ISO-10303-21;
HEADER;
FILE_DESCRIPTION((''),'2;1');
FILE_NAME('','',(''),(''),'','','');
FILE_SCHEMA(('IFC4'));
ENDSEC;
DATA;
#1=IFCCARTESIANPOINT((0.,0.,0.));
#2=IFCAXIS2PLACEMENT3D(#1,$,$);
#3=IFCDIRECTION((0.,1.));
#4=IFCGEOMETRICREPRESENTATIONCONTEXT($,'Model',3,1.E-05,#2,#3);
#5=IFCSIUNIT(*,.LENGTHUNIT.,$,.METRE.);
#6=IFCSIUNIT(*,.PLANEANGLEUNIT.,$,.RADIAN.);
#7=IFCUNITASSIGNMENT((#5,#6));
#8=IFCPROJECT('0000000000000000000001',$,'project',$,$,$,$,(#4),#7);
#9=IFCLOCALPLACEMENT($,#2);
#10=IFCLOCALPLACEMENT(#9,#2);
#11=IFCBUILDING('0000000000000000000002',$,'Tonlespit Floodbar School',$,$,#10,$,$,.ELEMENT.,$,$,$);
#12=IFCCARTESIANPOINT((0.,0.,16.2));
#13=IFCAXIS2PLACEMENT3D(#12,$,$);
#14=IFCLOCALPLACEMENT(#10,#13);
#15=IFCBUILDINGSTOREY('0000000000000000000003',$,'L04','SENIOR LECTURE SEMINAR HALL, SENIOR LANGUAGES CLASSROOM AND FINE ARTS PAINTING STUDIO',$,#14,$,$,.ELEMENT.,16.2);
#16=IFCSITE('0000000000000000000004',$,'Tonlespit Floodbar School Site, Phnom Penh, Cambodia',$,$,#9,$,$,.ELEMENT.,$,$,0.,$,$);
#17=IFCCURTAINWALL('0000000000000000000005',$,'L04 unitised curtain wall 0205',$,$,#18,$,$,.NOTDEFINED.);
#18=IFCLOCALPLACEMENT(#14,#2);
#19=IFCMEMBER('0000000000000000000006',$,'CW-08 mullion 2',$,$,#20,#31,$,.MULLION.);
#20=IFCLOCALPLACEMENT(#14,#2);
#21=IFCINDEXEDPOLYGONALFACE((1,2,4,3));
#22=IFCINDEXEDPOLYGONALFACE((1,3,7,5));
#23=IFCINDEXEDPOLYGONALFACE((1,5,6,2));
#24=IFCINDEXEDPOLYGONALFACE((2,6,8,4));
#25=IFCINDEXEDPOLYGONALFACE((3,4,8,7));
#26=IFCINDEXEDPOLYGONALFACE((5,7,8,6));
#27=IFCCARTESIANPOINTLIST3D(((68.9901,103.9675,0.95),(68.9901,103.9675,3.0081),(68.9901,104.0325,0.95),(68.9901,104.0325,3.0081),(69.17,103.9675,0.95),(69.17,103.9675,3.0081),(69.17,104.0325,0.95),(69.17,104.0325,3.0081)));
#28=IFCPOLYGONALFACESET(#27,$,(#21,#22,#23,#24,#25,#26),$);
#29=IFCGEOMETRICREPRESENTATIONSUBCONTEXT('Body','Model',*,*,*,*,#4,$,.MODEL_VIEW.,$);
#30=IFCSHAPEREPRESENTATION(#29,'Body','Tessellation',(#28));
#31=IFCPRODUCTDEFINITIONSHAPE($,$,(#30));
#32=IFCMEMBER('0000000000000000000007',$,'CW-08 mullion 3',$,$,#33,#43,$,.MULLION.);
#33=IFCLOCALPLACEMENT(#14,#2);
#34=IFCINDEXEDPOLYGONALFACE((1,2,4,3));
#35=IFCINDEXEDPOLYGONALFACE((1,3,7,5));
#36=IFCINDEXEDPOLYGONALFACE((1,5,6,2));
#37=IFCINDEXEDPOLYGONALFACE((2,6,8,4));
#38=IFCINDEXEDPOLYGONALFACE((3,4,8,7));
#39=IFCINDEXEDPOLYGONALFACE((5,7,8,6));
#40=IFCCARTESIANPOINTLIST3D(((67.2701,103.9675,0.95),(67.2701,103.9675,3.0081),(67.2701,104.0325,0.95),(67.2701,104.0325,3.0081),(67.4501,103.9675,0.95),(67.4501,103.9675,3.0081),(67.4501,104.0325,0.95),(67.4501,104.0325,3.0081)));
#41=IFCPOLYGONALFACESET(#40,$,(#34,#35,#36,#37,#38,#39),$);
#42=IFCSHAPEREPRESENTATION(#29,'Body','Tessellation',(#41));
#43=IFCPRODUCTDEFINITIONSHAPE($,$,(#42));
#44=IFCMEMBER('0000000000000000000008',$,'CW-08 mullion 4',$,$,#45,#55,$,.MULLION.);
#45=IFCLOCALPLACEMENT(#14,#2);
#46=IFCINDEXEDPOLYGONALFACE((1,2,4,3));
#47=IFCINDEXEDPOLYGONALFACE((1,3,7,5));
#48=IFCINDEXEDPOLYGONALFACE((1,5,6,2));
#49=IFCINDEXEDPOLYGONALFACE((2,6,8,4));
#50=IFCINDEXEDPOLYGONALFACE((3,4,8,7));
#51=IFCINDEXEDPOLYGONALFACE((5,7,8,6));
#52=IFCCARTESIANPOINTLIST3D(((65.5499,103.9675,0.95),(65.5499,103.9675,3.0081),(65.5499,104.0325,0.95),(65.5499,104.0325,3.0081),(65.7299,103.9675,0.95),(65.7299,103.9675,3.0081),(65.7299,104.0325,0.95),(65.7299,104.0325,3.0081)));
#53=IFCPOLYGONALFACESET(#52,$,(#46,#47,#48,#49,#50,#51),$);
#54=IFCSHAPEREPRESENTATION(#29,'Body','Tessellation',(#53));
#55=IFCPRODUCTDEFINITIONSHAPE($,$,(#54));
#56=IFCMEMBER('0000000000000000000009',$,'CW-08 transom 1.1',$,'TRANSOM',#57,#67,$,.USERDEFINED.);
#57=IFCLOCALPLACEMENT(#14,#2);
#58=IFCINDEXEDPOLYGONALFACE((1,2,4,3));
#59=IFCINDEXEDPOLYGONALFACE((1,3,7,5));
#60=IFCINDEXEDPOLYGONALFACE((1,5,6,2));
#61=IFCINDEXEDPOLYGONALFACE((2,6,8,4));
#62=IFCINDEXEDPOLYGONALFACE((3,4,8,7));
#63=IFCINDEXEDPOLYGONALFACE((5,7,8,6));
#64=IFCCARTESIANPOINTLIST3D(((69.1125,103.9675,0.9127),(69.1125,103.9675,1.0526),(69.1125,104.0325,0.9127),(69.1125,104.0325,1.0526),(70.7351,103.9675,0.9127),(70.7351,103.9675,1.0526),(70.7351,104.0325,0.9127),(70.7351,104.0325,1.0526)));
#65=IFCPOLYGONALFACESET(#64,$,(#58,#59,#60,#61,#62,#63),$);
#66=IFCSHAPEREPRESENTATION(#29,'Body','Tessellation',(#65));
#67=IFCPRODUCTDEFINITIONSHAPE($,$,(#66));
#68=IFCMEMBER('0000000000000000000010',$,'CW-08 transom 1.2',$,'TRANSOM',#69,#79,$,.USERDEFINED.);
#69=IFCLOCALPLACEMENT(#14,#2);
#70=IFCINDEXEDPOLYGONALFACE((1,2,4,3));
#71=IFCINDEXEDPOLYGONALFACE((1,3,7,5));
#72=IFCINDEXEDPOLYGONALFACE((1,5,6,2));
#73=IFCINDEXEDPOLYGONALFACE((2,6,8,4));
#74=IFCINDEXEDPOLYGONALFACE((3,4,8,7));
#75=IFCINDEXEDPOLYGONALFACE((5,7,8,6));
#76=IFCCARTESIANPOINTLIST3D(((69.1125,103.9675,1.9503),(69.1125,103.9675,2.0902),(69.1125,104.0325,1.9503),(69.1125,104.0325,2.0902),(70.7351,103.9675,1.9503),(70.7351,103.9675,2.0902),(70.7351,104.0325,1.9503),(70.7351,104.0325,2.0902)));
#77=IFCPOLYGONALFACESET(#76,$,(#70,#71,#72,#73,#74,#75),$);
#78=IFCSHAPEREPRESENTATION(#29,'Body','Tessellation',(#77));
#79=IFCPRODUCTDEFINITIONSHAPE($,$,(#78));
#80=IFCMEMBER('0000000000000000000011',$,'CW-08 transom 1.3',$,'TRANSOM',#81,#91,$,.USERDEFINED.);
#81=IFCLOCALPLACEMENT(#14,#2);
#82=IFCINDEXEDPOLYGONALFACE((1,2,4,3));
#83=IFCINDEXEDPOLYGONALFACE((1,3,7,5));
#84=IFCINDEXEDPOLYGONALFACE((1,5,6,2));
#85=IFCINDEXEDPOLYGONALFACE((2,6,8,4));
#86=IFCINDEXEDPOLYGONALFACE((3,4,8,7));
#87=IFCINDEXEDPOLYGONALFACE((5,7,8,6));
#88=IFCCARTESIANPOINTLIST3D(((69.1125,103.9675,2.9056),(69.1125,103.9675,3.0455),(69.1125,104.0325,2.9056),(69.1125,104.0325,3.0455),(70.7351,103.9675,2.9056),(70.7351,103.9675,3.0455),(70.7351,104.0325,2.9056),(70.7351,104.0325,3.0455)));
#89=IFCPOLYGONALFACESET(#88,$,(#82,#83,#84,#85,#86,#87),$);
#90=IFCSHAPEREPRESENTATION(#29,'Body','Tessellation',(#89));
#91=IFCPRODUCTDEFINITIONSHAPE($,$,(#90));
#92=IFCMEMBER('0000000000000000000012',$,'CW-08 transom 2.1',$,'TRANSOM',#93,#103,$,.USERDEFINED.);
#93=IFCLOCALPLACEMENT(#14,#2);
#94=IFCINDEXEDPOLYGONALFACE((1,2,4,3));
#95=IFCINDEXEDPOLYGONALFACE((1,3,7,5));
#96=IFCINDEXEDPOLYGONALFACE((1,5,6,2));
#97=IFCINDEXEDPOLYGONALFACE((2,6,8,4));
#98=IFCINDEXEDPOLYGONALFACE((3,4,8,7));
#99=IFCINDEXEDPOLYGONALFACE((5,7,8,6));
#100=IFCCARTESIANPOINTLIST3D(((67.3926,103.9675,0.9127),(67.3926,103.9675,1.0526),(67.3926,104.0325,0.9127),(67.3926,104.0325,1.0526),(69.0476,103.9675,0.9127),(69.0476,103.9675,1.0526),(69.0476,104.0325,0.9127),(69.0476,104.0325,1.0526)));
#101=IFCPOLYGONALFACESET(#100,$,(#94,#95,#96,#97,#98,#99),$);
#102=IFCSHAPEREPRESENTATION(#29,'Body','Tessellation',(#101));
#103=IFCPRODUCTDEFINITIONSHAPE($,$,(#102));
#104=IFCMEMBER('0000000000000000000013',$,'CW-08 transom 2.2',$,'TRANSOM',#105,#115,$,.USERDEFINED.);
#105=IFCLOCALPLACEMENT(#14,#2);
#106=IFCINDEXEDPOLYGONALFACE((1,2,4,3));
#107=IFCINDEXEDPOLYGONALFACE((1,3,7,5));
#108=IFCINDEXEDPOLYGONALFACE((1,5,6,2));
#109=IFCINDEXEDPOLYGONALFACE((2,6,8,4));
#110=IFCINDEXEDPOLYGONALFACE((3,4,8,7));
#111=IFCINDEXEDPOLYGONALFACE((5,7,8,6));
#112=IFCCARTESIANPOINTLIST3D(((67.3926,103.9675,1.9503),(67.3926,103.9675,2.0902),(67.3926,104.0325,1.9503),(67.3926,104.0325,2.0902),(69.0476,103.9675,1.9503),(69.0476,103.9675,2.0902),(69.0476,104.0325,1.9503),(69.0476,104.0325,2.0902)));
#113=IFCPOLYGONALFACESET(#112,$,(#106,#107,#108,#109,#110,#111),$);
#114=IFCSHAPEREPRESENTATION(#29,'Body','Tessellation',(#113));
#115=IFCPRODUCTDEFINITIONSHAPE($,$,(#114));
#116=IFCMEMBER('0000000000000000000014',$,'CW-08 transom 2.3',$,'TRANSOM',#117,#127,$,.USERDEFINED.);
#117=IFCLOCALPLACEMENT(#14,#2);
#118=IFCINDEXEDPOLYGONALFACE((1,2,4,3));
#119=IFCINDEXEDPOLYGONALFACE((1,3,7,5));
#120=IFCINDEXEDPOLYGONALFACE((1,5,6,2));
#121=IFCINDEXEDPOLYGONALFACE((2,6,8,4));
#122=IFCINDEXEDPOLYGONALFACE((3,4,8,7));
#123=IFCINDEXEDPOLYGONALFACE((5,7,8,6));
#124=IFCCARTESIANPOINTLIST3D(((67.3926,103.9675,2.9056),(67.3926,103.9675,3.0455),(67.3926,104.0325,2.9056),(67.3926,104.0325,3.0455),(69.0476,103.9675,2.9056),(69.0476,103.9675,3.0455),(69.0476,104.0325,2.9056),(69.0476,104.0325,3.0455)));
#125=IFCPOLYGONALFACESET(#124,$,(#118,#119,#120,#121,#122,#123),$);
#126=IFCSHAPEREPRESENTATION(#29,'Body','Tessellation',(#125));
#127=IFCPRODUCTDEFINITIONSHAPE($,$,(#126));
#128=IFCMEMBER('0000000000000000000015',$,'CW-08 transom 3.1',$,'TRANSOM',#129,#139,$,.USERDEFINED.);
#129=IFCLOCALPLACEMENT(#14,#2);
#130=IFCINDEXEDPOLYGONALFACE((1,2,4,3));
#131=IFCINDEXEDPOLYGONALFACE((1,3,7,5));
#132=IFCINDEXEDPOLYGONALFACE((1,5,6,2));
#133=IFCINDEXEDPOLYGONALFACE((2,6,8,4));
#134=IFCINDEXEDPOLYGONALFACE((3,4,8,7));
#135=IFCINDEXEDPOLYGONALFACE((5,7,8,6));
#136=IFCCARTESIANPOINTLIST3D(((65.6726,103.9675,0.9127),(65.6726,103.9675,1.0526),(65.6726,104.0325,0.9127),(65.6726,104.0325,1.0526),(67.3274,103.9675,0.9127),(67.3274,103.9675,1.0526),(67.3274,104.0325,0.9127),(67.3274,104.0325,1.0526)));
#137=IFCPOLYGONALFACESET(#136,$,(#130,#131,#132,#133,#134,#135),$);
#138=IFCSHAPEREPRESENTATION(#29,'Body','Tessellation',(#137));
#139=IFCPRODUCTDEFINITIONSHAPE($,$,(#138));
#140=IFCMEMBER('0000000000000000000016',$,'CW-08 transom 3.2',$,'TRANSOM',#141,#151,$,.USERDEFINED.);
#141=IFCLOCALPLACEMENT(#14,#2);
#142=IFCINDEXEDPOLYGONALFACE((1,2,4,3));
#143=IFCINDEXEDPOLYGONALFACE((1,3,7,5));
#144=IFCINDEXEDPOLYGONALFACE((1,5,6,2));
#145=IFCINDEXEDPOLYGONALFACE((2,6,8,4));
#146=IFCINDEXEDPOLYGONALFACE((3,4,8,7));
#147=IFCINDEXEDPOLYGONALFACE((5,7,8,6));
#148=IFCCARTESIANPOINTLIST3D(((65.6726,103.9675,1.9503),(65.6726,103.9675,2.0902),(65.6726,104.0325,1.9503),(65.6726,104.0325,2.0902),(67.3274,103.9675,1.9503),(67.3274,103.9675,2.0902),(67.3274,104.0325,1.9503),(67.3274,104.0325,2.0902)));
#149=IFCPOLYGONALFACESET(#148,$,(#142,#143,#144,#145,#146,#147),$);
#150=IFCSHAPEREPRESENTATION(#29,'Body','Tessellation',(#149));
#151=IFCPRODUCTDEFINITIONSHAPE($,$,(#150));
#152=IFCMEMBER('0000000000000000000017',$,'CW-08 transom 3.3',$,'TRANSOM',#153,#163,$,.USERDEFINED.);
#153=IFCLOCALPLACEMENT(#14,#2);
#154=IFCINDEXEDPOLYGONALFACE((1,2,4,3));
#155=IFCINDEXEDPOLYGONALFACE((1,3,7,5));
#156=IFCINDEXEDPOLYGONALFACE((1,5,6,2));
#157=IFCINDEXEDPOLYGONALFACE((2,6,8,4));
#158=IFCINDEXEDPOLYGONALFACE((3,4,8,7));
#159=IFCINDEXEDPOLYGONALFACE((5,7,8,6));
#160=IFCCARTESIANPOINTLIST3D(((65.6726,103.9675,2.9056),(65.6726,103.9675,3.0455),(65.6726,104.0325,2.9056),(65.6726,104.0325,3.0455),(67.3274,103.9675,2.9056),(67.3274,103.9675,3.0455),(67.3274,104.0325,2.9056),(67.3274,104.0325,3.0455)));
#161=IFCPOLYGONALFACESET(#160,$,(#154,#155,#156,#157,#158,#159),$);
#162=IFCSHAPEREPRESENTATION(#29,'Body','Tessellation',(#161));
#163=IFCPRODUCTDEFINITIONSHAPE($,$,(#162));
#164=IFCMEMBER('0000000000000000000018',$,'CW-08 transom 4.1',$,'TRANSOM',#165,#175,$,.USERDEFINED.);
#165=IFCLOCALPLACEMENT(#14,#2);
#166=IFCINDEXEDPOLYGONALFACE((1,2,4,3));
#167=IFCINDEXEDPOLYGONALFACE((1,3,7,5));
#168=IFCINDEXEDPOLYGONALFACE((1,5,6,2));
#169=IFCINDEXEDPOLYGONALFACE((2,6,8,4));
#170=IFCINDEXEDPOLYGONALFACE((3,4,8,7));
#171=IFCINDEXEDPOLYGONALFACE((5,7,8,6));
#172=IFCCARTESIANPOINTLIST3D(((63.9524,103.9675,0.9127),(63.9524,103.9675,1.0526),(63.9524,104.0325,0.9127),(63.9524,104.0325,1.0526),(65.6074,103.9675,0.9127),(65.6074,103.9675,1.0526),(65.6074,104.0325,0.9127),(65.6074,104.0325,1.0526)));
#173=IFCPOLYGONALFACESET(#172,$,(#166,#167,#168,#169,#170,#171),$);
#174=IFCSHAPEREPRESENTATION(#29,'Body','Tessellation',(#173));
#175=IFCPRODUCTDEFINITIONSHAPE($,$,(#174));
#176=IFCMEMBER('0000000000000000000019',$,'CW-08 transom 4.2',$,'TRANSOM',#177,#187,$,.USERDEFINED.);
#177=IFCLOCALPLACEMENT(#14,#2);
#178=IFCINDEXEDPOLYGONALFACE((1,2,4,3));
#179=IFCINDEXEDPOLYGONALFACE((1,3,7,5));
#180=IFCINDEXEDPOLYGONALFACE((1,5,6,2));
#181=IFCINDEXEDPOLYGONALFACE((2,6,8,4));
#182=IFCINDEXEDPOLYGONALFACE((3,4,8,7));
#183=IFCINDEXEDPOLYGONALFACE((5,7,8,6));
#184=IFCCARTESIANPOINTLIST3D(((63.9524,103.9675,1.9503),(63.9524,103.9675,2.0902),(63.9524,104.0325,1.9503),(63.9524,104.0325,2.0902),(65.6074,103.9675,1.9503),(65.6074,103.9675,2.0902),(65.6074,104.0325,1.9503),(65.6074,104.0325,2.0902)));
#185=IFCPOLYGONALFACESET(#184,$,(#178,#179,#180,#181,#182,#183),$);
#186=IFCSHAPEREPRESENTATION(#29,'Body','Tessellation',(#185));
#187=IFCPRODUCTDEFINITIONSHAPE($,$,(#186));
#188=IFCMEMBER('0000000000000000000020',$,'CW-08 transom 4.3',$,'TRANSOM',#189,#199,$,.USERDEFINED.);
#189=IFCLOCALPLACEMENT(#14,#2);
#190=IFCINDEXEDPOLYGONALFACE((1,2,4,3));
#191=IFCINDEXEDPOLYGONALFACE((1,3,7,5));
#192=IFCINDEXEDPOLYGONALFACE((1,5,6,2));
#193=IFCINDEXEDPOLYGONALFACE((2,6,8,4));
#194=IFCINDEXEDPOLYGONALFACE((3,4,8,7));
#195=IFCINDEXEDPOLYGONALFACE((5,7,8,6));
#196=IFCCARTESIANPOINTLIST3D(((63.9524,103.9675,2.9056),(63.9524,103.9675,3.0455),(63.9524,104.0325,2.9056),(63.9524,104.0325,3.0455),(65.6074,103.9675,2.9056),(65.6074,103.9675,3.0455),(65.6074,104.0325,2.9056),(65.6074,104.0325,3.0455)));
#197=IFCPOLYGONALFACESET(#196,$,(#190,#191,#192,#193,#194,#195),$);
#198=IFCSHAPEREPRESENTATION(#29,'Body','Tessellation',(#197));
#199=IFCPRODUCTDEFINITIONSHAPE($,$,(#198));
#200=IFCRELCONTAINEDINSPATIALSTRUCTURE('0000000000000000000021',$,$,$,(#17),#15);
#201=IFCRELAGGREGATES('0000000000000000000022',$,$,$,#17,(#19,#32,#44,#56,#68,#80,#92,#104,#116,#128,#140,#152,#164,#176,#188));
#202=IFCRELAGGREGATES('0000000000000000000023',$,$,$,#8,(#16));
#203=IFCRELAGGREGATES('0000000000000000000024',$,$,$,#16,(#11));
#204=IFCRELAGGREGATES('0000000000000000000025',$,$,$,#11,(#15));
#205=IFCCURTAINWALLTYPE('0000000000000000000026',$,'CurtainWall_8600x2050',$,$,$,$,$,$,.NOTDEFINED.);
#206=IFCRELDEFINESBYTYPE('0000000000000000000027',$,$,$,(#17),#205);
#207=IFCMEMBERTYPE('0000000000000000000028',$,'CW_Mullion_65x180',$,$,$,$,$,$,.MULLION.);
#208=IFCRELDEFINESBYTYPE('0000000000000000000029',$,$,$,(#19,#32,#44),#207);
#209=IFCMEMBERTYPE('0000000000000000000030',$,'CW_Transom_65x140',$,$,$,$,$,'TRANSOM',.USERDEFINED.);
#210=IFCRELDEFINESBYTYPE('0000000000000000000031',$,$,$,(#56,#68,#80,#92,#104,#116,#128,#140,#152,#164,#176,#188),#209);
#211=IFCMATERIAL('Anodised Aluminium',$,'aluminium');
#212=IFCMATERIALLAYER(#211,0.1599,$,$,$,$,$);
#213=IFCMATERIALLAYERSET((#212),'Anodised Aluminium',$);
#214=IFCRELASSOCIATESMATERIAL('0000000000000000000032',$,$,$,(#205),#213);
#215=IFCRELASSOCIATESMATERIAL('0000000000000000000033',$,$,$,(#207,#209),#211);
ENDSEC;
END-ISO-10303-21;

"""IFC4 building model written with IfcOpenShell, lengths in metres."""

from ifc_helpers import new_model, si_unit, direction, frame, origin, origin_2d, place, context, subcontext, project, spatial, rectangle, extrude, material, layer, layer_set, material_profile, profile_set, type_object, element, aggregate, save


model = new_model("IFC4")

# Units and contexts
model_context = context("Model", 3, precision=1e-05, world=origin(), true_north=direction((0.0, 1.0)))
body_context = subcontext(model_context, "Body", "Model", "MODEL_VIEW")
ifc_project = project(units=[si_unit("LENGTHUNIT", "METRE"), si_unit("PLANEANGLEUNIT", "RADIAN")], contexts=[model_context])

# Site, building, storey
site_placement = place(None, origin())
site = spatial("IfcSite", under=ifc_project, at=site_placement, Name="Tonlespit Floodbar School Site, Phnom Penh, Cambodia", CompositionType="ELEMENT", RefElevation=0.0)
building_placement = place(site_placement, origin())
building = spatial("IfcBuilding", under=site, at=building_placement, Name="Tonlespit Floodbar School", CompositionType="ELEMENT")
storey_placement = place(building_placement, frame((0.0, 0.0, 16.2)))
storey = spatial("IfcBuildingStorey", under=building, at=storey_placement, Name="L04", Description="SENIOR LECTURE SEMINAR HALL, SENIOR LANGUAGES CLASSROOM AND FINE ARTS PAINTING STUDIO", CompositionType="ELEMENT", Elevation=16.2)

# Curtain wall, members
ifc_material_1 = material(Name="Anodised Aluminium", Category="aluminium")
ifc_layer_1 = layer(ifc_material_1, 0.1599)
ifc_layer_set_1 = layer_set([ifc_layer_1], Name="Anodised Aluminium")
curtain_wall_type = type_object("IfcCurtainWallType", Name="CurtainWall_8600x2050", PredefinedType="NOTDEFINED", material=ifc_layer_set_1)
curtain_wall_placement = place(storey_placement, origin())
curtain_wall = element("IfcCurtainWall", 1, at=curtain_wall_placement, inside=storey, type_object=curtain_wall_type, Name="L04 unitised curtain wall 0205", PredefinedType="NOTDEFINED")
ifc_material_profile_1 = material_profile(ifc_material_1, rectangle(XDim=0.0649, YDim=0.1799, at=origin_2d()), Name="ALU M65x180")
ifc_profile_set_1 = profile_set([ifc_material_profile_1], Name="Anodised Aluminium")
member_type_1 = type_object("IfcMemberType", Name="CW_Mullion_65x180", PredefinedType="MULLION", material=ifc_profile_set_1)
member_1_placement = place(storey_placement, frame((69.0801, 104.0, 0.95), z_axis=(0.0, 0.0, 1.0), x_axis=(0.0, -1.0, 0.0)))
member_1 = element("IfcMember", 2, at=member_1_placement, type_object=member_type_1, Name="CW-08 mullion 2", PredefinedType="MULLION", context=body_context, shape_type="SweptSolid", body=[
    extrude(rectangle(XDim=0.0649, YDim=0.1799, at=origin_2d()), origin(), (0.0, 0.0, 1.0), 2.0581),
])
member_2_placement = place(storey_placement, frame((67.3601, 104.0, 0.95), z_axis=(0.0, 0.0, 1.0), x_axis=(0.0, -1.0, 0.0)))
member_2 = element("IfcMember", 3, at=member_2_placement, type_object=member_type_1, Name="CW-08 mullion 3", PredefinedType="MULLION", context=body_context, shape_type="SweptSolid", body=[
    extrude(rectangle(XDim=0.0649, YDim=0.1799, at=origin_2d()), origin(), (0.0, 0.0, 1.0), 2.0581),
])
member_3_placement = place(storey_placement, frame((65.6399, 104.0, 0.95), z_axis=(0.0, 0.0, 1.0), x_axis=(0.0, -1.0, 0.0)))
member_3 = element("IfcMember", 4, at=member_3_placement, type_object=member_type_1, Name="CW-08 mullion 4", PredefinedType="MULLION", context=body_context, shape_type="SweptSolid", body=[
    extrude(rectangle(XDim=0.0649, YDim=0.1799, at=origin_2d()), origin(), (0.0, 0.0, 1.0), 2.0581),
])
ifc_material_profile_2 = material_profile(ifc_material_1, rectangle(XDim=0.0649, YDim=0.1399, at=origin_2d()), Name="ALU T65x140")
ifc_profile_set_2 = profile_set([ifc_material_profile_2], Name="Anodised Aluminium")
member_type_2 = type_object("IfcMemberType", Name="CW_Transom_65x140", ElementType="TRANSOM", PredefinedType="USERDEFINED", material=ifc_profile_set_2)
member_4_placement = place(storey_placement, frame((70.7351, 104.0, 0.9827), z_axis=(-1.0, 0.0, 0.0), x_axis=(0.0, -1.0, 0.0)))
member_4 = element("IfcMember", 5, at=member_4_placement, type_object=member_type_2, Name="CW-08 transom 1.1", ObjectType="TRANSOM", PredefinedType="USERDEFINED", context=body_context, shape_type="SweptSolid", body=[
    extrude(rectangle(XDim=0.0649, YDim=0.1399, at=origin_2d()), origin(), (0.0, 0.0, 1.0), 1.6226),
])
member_5_placement = place(storey_placement, frame((70.7351, 104.0, 2.0203), z_axis=(-1.0, 0.0, 0.0), x_axis=(0.0, -1.0, 0.0)))
member_5 = element("IfcMember", 6, at=member_5_placement, type_object=member_type_2, Name="CW-08 transom 1.2", ObjectType="TRANSOM", PredefinedType="USERDEFINED", context=body_context, shape_type="SweptSolid", body=[
    extrude(rectangle(XDim=0.0649, YDim=0.1399, at=origin_2d()), origin(), (0.0, 0.0, 1.0), 1.6226),
])
member_6_placement = place(storey_placement, frame((70.7351, 104.0, 2.9756), z_axis=(-1.0, 0.0, 0.0), x_axis=(0.0, -1.0, 0.0)))
member_6 = element("IfcMember", 7, at=member_6_placement, type_object=member_type_2, Name="CW-08 transom 1.3", ObjectType="TRANSOM", PredefinedType="USERDEFINED", context=body_context, shape_type="SweptSolid", body=[
    extrude(rectangle(XDim=0.0649, YDim=0.1399, at=origin_2d()), origin(), (0.0, 0.0, 1.0), 1.6226),
])
member_7_placement = place(storey_placement, frame((69.0476, 104.0, 0.9827), z_axis=(-1.0, 0.0, 0.0), x_axis=(0.0, -1.0, 0.0)))
member_7 = element("IfcMember", 8, at=member_7_placement, type_object=member_type_2, Name="CW-08 transom 2.1", ObjectType="TRANSOM", PredefinedType="USERDEFINED", context=body_context, shape_type="SweptSolid", body=[
    extrude(rectangle(XDim=0.0649, YDim=0.1399, at=origin_2d()), origin(), (0.0, 0.0, 1.0), 1.655),
])
member_8_placement = place(storey_placement, frame((69.0476, 104.0, 2.0203), z_axis=(-1.0, 0.0, 0.0), x_axis=(0.0, -1.0, 0.0)))
member_8 = element("IfcMember", 9, at=member_8_placement, type_object=member_type_2, Name="CW-08 transom 2.2", ObjectType="TRANSOM", PredefinedType="USERDEFINED", context=body_context, shape_type="SweptSolid", body=[
    extrude(rectangle(XDim=0.0649, YDim=0.1399, at=origin_2d()), origin(), (0.0, 0.0, 1.0), 1.655),
])
member_9_placement = place(storey_placement, frame((69.0476, 104.0, 2.9756), z_axis=(-1.0, 0.0, 0.0), x_axis=(0.0, -1.0, 0.0)))
member_9 = element("IfcMember", 10, at=member_9_placement, type_object=member_type_2, Name="CW-08 transom 2.3", ObjectType="TRANSOM", PredefinedType="USERDEFINED", context=body_context, shape_type="SweptSolid", body=[
    extrude(rectangle(XDim=0.0649, YDim=0.1399, at=origin_2d()), origin(), (0.0, 0.0, 1.0), 1.655),
])
member_10_placement = place(storey_placement, frame((67.3274, 104.0, 0.9827), z_axis=(-1.0, 0.0, 0.0), x_axis=(0.0, -1.0, 0.0)))
member_10 = element("IfcMember", 11, at=member_10_placement, type_object=member_type_2, Name="CW-08 transom 3.1", ObjectType="TRANSOM", PredefinedType="USERDEFINED", context=body_context, shape_type="SweptSolid", body=[
    extrude(rectangle(XDim=0.0649, YDim=0.1399, at=origin_2d()), origin(), (0.0, 0.0, 1.0), 1.6548),
])
member_11_placement = place(storey_placement, frame((67.3274, 104.0, 2.0203), z_axis=(-1.0, 0.0, 0.0), x_axis=(0.0, -1.0, 0.0)))
member_11 = element("IfcMember", 12, at=member_11_placement, type_object=member_type_2, Name="CW-08 transom 3.2", ObjectType="TRANSOM", PredefinedType="USERDEFINED", context=body_context, shape_type="SweptSolid", body=[
    extrude(rectangle(XDim=0.0649, YDim=0.1399, at=origin_2d()), origin(), (0.0, 0.0, 1.0), 1.6548),
])
member_12_placement = place(storey_placement, frame((67.3274, 104.0, 2.9756), z_axis=(-1.0, 0.0, 0.0), x_axis=(0.0, -1.0, 0.0)))
member_12 = element("IfcMember", 13, at=member_12_placement, type_object=member_type_2, Name="CW-08 transom 3.3", ObjectType="TRANSOM", PredefinedType="USERDEFINED", context=body_context, shape_type="SweptSolid", body=[
    extrude(rectangle(XDim=0.0649, YDim=0.1399, at=origin_2d()), origin(), (0.0, 0.0, 1.0), 1.6548),
])
member_13_placement = place(storey_placement, frame((65.6074, 104.0, 0.9827), z_axis=(-1.0, 0.0, 0.0), x_axis=(0.0, -1.0, 0.0)))
member_13 = element("IfcMember", 14, at=member_13_placement, type_object=member_type_2, Name="CW-08 transom 4.1", ObjectType="TRANSOM", PredefinedType="USERDEFINED", context=body_context, shape_type="SweptSolid", body=[
    extrude(rectangle(XDim=0.0649, YDim=0.1399, at=origin_2d()), origin(), (0.0, 0.0, 1.0), 1.655),
])
member_14_placement = place(storey_placement, frame((65.6074, 104.0, 2.0203), z_axis=(-1.0, 0.0, 0.0), x_axis=(0.0, -1.0, 0.0)))
member_14 = element("IfcMember", 15, at=member_14_placement, type_object=member_type_2, Name="CW-08 transom 4.2", ObjectType="TRANSOM", PredefinedType="USERDEFINED", context=body_context, shape_type="SweptSolid", body=[
    extrude(rectangle(XDim=0.0649, YDim=0.1399, at=origin_2d()), origin(), (0.0, 0.0, 1.0), 1.655),
])
member_15_placement = place(storey_placement, frame((65.6074, 104.0, 2.9756), z_axis=(-1.0, 0.0, 0.0), x_axis=(0.0, -1.0, 0.0)))
member_15 = element("IfcMember", 16, at=member_15_placement, type_object=member_type_2, Name="CW-08 transom 4.3", ObjectType="TRANSOM", PredefinedType="USERDEFINED", context=body_context, shape_type="SweptSolid", body=[
    extrude(rectangle(XDim=0.0649, YDim=0.1399, at=origin_2d()), origin(), (0.0, 0.0, 1.0), 1.655),
])
aggregate(curtain_wall, [member_1, member_2, member_3, member_4, member_5, member_6, member_7, member_8, member_9, member_10, member_11, member_12, member_13, member_14, member_15])

save(model, "model.ifc")
